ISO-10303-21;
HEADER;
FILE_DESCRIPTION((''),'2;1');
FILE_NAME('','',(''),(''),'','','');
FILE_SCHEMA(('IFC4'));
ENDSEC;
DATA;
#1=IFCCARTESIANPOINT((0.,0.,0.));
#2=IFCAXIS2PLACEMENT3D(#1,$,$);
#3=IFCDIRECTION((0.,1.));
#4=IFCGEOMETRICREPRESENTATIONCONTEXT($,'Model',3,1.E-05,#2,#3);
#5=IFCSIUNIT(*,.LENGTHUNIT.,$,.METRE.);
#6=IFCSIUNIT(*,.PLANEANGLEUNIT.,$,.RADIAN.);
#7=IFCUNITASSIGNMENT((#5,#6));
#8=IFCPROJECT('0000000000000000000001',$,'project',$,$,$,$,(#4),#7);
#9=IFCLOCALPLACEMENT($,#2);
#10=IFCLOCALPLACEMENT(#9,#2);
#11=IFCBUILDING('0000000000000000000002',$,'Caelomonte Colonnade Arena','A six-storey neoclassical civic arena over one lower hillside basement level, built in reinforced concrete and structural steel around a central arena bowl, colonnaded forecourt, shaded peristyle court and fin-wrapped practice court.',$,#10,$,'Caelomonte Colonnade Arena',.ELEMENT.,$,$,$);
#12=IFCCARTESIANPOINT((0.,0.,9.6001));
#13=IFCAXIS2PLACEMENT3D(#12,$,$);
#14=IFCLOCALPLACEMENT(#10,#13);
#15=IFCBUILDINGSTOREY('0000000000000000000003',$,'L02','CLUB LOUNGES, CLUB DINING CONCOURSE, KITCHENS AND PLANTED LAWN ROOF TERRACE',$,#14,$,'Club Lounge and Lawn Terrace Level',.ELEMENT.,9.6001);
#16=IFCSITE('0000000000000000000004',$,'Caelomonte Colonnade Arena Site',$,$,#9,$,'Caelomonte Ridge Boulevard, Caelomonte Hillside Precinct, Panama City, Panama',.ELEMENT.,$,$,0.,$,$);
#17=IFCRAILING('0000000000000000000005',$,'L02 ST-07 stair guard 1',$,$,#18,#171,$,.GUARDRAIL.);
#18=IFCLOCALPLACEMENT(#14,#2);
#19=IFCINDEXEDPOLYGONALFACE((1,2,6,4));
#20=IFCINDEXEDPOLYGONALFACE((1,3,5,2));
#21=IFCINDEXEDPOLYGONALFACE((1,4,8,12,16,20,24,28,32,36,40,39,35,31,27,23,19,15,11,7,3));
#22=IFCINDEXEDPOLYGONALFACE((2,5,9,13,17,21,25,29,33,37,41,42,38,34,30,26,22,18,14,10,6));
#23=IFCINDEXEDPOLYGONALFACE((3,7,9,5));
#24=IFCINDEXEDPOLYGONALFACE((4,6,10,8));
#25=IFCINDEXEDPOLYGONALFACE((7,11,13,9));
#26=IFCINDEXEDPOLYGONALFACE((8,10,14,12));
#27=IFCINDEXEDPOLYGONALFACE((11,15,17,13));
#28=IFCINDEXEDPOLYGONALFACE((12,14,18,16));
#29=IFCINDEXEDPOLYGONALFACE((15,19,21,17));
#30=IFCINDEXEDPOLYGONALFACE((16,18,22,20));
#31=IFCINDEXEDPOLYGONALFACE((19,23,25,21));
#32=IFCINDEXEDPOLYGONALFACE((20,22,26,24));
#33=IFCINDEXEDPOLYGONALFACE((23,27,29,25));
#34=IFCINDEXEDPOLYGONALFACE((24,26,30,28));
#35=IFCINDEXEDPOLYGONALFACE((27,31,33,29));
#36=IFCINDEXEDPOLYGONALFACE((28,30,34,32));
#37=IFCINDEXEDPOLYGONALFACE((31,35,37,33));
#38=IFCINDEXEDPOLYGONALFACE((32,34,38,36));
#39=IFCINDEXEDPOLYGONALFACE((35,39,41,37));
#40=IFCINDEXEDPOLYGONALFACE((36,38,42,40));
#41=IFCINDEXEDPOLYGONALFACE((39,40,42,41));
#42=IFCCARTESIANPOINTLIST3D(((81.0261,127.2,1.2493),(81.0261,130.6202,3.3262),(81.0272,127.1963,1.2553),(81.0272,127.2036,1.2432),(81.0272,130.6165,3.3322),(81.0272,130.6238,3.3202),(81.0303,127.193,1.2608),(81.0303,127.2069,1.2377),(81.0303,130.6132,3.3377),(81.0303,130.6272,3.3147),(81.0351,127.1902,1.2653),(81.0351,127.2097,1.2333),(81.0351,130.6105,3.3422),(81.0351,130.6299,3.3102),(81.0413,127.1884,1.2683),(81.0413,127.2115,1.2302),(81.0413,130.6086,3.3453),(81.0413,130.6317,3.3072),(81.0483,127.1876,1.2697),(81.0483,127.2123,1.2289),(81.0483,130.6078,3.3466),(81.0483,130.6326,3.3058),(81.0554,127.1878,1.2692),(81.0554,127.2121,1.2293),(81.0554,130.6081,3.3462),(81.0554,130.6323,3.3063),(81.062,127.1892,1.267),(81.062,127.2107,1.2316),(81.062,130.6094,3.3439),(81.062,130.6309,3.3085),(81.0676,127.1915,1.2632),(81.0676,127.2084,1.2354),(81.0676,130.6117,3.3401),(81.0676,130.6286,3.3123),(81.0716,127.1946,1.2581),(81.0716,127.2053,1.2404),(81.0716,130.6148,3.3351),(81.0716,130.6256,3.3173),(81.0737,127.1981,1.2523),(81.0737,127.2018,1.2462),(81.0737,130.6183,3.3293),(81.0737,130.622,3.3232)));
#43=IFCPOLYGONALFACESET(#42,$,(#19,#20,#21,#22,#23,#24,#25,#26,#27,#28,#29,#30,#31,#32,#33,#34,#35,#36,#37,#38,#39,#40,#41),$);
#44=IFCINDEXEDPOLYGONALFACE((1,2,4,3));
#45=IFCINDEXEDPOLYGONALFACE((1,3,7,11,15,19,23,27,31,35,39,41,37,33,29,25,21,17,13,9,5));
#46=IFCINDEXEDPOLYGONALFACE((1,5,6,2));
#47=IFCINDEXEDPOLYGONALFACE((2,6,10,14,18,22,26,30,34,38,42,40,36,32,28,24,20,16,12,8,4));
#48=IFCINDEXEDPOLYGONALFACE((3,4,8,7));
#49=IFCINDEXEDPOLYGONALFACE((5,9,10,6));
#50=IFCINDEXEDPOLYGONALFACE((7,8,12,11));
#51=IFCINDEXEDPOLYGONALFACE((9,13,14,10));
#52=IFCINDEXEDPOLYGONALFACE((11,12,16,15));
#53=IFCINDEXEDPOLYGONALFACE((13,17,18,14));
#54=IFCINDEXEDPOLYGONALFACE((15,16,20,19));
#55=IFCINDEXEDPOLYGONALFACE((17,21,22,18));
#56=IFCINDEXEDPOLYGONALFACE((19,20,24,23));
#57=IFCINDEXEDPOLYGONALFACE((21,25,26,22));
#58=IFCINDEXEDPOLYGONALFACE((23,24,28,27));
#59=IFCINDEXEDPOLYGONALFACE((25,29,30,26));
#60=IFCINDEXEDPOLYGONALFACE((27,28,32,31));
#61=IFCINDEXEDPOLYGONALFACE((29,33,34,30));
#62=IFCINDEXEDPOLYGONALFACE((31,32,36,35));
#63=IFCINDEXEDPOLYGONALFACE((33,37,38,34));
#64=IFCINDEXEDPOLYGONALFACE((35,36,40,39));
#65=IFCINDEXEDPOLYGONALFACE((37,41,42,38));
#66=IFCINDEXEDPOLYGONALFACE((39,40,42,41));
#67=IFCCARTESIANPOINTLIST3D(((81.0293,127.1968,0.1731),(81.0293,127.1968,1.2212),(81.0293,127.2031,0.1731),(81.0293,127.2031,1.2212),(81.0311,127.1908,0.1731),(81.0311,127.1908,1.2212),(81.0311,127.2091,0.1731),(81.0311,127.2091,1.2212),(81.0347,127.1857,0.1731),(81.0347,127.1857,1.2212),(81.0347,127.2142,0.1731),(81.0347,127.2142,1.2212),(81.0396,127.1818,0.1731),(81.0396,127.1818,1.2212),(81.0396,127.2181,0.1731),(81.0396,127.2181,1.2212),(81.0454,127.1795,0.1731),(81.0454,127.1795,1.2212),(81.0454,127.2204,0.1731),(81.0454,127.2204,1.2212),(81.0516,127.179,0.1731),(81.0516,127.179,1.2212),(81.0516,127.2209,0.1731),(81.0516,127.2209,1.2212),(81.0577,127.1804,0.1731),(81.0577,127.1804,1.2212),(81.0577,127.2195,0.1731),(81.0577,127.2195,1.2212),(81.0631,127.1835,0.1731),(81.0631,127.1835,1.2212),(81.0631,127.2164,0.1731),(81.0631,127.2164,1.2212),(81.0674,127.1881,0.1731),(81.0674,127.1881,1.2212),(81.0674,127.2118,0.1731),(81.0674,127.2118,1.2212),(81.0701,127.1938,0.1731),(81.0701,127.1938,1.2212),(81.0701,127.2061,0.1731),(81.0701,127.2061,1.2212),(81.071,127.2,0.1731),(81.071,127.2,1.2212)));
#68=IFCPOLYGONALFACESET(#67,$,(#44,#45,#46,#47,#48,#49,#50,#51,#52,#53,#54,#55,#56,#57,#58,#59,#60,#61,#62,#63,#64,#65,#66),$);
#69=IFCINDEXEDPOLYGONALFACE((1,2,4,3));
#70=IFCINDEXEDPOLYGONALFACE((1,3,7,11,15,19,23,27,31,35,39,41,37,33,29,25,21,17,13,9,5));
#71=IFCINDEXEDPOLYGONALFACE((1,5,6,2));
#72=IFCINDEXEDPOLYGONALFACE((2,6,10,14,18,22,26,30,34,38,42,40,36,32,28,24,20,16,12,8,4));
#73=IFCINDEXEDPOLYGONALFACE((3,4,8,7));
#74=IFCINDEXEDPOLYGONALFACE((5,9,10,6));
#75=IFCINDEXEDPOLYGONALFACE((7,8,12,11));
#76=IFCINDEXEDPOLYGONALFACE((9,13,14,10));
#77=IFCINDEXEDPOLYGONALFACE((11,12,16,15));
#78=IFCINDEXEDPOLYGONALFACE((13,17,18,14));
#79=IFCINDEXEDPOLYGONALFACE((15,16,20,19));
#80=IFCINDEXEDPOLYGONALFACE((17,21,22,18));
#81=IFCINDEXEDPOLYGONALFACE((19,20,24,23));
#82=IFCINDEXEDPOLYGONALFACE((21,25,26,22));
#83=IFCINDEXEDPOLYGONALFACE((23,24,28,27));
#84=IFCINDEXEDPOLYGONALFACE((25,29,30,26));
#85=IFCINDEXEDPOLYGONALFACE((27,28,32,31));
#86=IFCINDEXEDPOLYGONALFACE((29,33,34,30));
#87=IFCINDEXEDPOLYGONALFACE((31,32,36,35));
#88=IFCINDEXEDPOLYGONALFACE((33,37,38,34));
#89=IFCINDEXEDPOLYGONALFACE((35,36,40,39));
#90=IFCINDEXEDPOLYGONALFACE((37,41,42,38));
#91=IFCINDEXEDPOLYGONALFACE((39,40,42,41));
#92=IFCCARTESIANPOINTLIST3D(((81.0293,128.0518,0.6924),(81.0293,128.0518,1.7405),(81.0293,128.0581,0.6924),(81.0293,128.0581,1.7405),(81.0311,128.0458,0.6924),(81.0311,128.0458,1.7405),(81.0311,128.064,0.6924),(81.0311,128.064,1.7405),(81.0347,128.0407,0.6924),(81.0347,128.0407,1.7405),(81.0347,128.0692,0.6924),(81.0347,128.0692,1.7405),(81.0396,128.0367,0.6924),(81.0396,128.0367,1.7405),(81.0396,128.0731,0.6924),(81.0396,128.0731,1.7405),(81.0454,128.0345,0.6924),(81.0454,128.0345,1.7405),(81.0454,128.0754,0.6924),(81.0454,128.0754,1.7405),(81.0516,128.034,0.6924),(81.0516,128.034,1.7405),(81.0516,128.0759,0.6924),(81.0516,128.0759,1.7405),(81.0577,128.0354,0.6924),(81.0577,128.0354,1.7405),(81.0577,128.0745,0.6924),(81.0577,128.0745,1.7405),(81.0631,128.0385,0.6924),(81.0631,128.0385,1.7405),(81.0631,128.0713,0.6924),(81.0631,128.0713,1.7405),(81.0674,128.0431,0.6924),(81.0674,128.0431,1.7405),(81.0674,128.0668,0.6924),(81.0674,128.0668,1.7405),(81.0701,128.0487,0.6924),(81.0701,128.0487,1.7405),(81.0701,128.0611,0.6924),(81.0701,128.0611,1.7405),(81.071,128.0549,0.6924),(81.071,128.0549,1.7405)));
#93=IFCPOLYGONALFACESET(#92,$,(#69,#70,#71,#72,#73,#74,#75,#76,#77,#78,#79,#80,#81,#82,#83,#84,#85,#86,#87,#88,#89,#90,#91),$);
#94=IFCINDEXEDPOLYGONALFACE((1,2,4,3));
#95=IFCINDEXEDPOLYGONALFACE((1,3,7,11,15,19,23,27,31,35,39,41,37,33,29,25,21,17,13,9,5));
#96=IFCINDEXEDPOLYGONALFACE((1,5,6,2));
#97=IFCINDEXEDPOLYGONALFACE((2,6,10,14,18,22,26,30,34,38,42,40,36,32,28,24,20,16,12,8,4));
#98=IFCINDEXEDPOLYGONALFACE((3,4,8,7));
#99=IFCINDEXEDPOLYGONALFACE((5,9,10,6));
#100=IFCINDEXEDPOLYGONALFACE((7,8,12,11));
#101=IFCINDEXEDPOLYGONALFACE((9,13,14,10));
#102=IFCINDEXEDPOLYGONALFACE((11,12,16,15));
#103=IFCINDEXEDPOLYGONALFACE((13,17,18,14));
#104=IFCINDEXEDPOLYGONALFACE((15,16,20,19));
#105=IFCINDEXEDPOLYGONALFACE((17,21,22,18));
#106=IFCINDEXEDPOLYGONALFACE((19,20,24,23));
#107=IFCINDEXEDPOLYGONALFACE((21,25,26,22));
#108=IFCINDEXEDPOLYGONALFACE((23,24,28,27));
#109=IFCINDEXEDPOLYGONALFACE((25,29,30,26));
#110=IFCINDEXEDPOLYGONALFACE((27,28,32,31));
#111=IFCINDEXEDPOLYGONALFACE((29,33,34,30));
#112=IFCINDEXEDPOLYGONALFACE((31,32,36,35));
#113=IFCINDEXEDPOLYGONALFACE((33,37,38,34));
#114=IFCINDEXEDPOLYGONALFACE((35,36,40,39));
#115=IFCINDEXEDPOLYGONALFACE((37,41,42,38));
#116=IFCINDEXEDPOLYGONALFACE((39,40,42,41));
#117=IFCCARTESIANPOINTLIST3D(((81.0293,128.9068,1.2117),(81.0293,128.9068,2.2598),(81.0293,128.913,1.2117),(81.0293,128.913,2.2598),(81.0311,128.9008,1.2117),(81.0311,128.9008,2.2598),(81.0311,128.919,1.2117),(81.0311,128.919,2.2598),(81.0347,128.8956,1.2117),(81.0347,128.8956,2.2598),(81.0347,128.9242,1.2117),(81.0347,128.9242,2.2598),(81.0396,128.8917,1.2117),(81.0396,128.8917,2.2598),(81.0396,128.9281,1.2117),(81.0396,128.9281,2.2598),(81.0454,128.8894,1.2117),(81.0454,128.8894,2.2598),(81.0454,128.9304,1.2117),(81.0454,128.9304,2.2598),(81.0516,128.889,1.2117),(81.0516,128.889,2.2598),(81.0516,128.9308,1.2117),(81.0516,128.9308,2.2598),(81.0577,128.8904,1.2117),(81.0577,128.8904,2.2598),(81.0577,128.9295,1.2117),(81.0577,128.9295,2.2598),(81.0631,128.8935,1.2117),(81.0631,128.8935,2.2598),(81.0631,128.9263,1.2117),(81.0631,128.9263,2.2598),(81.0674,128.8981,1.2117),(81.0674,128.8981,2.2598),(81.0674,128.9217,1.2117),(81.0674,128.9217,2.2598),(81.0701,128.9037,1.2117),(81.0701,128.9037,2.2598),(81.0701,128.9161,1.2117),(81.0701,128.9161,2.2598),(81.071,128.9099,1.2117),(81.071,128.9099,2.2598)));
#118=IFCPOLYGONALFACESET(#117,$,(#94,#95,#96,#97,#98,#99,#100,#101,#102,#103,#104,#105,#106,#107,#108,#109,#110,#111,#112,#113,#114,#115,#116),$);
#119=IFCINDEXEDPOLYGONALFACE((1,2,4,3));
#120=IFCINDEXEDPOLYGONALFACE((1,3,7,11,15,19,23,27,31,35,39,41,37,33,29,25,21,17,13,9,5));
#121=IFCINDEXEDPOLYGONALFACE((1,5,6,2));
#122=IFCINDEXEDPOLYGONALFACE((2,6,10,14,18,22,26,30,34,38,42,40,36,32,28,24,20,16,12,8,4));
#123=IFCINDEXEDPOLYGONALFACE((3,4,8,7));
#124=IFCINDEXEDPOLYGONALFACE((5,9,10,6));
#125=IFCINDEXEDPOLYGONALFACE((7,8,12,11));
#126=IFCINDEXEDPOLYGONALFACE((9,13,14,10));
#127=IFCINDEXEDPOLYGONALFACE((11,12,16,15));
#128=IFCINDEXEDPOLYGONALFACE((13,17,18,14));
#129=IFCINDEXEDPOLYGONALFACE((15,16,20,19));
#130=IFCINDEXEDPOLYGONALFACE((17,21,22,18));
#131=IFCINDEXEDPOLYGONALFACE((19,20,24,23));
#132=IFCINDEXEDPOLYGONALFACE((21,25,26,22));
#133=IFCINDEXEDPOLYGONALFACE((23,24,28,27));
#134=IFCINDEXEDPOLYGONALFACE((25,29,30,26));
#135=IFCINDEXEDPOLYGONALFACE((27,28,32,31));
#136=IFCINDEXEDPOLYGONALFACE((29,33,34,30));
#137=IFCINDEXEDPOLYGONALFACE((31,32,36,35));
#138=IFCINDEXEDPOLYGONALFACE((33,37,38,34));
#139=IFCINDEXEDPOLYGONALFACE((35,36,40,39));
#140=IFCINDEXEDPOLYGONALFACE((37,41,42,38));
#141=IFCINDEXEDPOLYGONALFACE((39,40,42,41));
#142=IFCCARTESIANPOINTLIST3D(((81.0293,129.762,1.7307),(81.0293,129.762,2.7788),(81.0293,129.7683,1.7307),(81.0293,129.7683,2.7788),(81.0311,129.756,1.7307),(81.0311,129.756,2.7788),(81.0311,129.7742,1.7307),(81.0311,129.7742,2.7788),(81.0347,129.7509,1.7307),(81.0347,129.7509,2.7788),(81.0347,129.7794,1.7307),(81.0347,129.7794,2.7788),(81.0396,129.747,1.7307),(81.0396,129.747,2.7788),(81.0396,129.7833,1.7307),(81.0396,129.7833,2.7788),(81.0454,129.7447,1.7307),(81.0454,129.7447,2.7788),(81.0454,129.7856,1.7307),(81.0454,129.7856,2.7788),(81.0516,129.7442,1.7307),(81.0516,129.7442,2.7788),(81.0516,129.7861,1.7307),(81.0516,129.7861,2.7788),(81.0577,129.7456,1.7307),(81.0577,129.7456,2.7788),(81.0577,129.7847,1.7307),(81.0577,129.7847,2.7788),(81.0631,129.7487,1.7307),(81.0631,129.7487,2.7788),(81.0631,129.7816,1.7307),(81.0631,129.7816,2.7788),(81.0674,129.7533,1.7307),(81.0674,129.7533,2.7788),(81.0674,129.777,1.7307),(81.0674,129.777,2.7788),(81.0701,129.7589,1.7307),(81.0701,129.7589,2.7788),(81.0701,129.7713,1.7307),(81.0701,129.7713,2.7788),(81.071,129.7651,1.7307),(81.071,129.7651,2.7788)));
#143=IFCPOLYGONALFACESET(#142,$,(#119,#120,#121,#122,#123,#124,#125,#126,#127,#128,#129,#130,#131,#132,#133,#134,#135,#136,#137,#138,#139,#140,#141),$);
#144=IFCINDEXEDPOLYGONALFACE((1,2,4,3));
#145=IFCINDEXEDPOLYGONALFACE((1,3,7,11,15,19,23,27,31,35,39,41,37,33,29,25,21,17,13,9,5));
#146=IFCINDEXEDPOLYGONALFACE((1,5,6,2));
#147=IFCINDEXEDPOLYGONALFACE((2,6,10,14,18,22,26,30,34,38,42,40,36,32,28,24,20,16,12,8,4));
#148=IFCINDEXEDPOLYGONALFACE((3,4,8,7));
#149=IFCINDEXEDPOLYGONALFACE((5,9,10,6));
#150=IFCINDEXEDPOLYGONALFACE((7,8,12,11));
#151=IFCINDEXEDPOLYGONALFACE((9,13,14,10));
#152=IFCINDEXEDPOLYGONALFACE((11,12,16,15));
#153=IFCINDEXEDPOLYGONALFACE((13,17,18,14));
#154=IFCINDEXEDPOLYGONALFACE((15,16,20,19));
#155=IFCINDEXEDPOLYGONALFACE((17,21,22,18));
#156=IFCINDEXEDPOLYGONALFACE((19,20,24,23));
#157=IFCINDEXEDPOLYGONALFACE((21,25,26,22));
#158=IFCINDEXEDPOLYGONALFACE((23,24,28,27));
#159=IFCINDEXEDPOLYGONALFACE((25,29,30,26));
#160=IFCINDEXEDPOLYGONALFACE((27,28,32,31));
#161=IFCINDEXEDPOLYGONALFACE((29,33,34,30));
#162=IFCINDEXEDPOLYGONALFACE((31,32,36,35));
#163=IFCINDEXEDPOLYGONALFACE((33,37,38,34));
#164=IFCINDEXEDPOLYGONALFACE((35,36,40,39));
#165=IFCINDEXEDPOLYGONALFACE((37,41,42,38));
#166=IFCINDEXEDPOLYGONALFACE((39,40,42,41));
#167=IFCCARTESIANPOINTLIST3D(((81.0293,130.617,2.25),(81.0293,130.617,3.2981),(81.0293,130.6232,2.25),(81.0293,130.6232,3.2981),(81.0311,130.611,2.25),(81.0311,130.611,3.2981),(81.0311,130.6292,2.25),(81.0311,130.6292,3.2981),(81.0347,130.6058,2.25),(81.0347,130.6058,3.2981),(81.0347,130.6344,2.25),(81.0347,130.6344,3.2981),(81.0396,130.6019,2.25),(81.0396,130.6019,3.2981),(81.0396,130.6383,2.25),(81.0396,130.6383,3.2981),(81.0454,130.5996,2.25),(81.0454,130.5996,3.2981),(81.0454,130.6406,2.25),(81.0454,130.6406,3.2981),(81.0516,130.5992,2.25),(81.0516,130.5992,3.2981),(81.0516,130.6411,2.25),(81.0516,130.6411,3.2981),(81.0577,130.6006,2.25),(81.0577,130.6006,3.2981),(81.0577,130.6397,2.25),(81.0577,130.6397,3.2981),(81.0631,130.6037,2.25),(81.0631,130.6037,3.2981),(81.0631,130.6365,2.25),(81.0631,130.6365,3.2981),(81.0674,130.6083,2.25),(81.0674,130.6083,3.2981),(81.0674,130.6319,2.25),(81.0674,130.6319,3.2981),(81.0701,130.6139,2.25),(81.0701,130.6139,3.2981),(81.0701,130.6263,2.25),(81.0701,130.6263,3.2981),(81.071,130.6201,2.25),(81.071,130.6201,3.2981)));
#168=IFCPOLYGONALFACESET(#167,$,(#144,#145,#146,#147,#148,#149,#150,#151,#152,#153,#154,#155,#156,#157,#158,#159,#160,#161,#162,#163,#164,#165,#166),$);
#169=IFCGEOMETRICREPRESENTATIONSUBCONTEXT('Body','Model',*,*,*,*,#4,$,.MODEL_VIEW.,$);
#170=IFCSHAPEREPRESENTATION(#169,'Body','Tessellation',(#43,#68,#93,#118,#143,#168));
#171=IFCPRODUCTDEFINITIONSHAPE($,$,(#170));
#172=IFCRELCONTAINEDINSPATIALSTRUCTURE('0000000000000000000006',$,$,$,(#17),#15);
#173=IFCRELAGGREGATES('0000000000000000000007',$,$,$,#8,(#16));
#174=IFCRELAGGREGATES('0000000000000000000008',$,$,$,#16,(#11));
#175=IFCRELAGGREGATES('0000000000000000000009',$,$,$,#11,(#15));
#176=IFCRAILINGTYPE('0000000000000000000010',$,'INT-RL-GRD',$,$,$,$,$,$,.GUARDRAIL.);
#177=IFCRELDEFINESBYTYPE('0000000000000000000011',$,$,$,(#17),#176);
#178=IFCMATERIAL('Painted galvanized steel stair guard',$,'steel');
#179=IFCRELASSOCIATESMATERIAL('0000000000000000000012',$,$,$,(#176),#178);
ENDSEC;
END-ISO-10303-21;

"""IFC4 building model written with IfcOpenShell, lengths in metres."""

from ifc_helpers import new_model, si_unit, direction, frame, origin, origin_2d, place, context, subcontext, project, spatial, circle, extrude, material, type_object, element, save


model = new_model("IFC4")

# Units and contexts
model_context = context("Model", 3, precision=1e-05, world=origin(), true_north=direction((0.0, 1.0)))
body_context = subcontext(model_context, "Body", "Model", "MODEL_VIEW")
ifc_project = project(units=[si_unit("LENGTHUNIT", "METRE"), si_unit("PLANEANGLEUNIT", "RADIAN")], contexts=[model_context])

# Site, building, storey
site_placement = place(None, origin())
site = spatial("IfcSite", under=ifc_project, at=site_placement, Name="Caelomonte Colonnade Arena Site", LongName="Caelomonte Ridge Boulevard, Caelomonte Hillside Precinct, Panama City, Panama", CompositionType="ELEMENT", RefElevation=0.0)
building_placement = place(site_placement, origin())
building = spatial("IfcBuilding", under=site, at=building_placement, Name="Caelomonte Colonnade Arena", Description="A six-storey neoclassical civic arena over one lower hillside basement level, built in reinforced concrete and structural steel around a central arena bowl, colonnaded forecourt, shaded peristyle court and fin-wrapped practice court.", LongName="Caelomonte Colonnade Arena", CompositionType="ELEMENT")
storey_placement = place(building_placement, frame((0.0, 0.0, 9.6001)))
storey = spatial("IfcBuildingStorey", under=building, at=storey_placement, Name="L02", Description="CLUB LOUNGES, CLUB DINING CONCOURSE, KITCHENS AND PLANTED LAWN ROOF TERRACE", LongName="Club Lounge and Lawn Terrace Level", CompositionType="ELEMENT", Elevation=9.6001)

# Railing
ifc_material_1 = material(Name="Painted galvanized steel stair guard", Category="steel")
railing_type_1 = type_object("IfcRailingType", Name="INT-RL-GRD", PredefinedType="GUARDRAIL", material=ifc_material_1)
railing_1_placement = place(storey_placement, frame((81.05, 127.2, 0.1731)))
element("IfcRailing", 1, at=railing_1_placement, inside=storey, type_object=railing_type_1, Name="L02 ST-07 stair guard 1", PredefinedType="GUARDRAIL", context=body_context, shape_type="SweptSolid", body=[
    extrude(circle(Radius=0.0239, at=origin_2d()), frame((0.0, 0.0, 1.0762), z_axis=(0.0, 0.854746, 0.519047), x_axis=(-1.0, 0.0, 0.0)), (0.0, 0.0, 1.0), 4.0015),
    extrude(circle(Radius=0.021, at=origin_2d()), origin(), (0.0, 0.0, 1.0), 1.0481),
    extrude(circle(Radius=0.021, at=origin_2d()), frame((0.0, 0.855, 0.5193)), (0.0, 0.0, 1.0), 1.0481),
    extrude(circle(Radius=0.021, at=origin_2d()), frame((0.0, 1.71, 1.0386)), (0.0, 0.0, 1.0), 1.0481),
    extrude(circle(Radius=0.021, at=origin_2d()), frame((0.0, 2.5652, 1.5576)), (0.0, 0.0, 1.0), 1.0481),
    extrude(circle(Radius=0.021, at=origin_2d()), frame((0.0, 3.4202, 2.0769)), (0.0, 0.0, 1.0), 1.0481),
])

save(model, "model.ifc")
